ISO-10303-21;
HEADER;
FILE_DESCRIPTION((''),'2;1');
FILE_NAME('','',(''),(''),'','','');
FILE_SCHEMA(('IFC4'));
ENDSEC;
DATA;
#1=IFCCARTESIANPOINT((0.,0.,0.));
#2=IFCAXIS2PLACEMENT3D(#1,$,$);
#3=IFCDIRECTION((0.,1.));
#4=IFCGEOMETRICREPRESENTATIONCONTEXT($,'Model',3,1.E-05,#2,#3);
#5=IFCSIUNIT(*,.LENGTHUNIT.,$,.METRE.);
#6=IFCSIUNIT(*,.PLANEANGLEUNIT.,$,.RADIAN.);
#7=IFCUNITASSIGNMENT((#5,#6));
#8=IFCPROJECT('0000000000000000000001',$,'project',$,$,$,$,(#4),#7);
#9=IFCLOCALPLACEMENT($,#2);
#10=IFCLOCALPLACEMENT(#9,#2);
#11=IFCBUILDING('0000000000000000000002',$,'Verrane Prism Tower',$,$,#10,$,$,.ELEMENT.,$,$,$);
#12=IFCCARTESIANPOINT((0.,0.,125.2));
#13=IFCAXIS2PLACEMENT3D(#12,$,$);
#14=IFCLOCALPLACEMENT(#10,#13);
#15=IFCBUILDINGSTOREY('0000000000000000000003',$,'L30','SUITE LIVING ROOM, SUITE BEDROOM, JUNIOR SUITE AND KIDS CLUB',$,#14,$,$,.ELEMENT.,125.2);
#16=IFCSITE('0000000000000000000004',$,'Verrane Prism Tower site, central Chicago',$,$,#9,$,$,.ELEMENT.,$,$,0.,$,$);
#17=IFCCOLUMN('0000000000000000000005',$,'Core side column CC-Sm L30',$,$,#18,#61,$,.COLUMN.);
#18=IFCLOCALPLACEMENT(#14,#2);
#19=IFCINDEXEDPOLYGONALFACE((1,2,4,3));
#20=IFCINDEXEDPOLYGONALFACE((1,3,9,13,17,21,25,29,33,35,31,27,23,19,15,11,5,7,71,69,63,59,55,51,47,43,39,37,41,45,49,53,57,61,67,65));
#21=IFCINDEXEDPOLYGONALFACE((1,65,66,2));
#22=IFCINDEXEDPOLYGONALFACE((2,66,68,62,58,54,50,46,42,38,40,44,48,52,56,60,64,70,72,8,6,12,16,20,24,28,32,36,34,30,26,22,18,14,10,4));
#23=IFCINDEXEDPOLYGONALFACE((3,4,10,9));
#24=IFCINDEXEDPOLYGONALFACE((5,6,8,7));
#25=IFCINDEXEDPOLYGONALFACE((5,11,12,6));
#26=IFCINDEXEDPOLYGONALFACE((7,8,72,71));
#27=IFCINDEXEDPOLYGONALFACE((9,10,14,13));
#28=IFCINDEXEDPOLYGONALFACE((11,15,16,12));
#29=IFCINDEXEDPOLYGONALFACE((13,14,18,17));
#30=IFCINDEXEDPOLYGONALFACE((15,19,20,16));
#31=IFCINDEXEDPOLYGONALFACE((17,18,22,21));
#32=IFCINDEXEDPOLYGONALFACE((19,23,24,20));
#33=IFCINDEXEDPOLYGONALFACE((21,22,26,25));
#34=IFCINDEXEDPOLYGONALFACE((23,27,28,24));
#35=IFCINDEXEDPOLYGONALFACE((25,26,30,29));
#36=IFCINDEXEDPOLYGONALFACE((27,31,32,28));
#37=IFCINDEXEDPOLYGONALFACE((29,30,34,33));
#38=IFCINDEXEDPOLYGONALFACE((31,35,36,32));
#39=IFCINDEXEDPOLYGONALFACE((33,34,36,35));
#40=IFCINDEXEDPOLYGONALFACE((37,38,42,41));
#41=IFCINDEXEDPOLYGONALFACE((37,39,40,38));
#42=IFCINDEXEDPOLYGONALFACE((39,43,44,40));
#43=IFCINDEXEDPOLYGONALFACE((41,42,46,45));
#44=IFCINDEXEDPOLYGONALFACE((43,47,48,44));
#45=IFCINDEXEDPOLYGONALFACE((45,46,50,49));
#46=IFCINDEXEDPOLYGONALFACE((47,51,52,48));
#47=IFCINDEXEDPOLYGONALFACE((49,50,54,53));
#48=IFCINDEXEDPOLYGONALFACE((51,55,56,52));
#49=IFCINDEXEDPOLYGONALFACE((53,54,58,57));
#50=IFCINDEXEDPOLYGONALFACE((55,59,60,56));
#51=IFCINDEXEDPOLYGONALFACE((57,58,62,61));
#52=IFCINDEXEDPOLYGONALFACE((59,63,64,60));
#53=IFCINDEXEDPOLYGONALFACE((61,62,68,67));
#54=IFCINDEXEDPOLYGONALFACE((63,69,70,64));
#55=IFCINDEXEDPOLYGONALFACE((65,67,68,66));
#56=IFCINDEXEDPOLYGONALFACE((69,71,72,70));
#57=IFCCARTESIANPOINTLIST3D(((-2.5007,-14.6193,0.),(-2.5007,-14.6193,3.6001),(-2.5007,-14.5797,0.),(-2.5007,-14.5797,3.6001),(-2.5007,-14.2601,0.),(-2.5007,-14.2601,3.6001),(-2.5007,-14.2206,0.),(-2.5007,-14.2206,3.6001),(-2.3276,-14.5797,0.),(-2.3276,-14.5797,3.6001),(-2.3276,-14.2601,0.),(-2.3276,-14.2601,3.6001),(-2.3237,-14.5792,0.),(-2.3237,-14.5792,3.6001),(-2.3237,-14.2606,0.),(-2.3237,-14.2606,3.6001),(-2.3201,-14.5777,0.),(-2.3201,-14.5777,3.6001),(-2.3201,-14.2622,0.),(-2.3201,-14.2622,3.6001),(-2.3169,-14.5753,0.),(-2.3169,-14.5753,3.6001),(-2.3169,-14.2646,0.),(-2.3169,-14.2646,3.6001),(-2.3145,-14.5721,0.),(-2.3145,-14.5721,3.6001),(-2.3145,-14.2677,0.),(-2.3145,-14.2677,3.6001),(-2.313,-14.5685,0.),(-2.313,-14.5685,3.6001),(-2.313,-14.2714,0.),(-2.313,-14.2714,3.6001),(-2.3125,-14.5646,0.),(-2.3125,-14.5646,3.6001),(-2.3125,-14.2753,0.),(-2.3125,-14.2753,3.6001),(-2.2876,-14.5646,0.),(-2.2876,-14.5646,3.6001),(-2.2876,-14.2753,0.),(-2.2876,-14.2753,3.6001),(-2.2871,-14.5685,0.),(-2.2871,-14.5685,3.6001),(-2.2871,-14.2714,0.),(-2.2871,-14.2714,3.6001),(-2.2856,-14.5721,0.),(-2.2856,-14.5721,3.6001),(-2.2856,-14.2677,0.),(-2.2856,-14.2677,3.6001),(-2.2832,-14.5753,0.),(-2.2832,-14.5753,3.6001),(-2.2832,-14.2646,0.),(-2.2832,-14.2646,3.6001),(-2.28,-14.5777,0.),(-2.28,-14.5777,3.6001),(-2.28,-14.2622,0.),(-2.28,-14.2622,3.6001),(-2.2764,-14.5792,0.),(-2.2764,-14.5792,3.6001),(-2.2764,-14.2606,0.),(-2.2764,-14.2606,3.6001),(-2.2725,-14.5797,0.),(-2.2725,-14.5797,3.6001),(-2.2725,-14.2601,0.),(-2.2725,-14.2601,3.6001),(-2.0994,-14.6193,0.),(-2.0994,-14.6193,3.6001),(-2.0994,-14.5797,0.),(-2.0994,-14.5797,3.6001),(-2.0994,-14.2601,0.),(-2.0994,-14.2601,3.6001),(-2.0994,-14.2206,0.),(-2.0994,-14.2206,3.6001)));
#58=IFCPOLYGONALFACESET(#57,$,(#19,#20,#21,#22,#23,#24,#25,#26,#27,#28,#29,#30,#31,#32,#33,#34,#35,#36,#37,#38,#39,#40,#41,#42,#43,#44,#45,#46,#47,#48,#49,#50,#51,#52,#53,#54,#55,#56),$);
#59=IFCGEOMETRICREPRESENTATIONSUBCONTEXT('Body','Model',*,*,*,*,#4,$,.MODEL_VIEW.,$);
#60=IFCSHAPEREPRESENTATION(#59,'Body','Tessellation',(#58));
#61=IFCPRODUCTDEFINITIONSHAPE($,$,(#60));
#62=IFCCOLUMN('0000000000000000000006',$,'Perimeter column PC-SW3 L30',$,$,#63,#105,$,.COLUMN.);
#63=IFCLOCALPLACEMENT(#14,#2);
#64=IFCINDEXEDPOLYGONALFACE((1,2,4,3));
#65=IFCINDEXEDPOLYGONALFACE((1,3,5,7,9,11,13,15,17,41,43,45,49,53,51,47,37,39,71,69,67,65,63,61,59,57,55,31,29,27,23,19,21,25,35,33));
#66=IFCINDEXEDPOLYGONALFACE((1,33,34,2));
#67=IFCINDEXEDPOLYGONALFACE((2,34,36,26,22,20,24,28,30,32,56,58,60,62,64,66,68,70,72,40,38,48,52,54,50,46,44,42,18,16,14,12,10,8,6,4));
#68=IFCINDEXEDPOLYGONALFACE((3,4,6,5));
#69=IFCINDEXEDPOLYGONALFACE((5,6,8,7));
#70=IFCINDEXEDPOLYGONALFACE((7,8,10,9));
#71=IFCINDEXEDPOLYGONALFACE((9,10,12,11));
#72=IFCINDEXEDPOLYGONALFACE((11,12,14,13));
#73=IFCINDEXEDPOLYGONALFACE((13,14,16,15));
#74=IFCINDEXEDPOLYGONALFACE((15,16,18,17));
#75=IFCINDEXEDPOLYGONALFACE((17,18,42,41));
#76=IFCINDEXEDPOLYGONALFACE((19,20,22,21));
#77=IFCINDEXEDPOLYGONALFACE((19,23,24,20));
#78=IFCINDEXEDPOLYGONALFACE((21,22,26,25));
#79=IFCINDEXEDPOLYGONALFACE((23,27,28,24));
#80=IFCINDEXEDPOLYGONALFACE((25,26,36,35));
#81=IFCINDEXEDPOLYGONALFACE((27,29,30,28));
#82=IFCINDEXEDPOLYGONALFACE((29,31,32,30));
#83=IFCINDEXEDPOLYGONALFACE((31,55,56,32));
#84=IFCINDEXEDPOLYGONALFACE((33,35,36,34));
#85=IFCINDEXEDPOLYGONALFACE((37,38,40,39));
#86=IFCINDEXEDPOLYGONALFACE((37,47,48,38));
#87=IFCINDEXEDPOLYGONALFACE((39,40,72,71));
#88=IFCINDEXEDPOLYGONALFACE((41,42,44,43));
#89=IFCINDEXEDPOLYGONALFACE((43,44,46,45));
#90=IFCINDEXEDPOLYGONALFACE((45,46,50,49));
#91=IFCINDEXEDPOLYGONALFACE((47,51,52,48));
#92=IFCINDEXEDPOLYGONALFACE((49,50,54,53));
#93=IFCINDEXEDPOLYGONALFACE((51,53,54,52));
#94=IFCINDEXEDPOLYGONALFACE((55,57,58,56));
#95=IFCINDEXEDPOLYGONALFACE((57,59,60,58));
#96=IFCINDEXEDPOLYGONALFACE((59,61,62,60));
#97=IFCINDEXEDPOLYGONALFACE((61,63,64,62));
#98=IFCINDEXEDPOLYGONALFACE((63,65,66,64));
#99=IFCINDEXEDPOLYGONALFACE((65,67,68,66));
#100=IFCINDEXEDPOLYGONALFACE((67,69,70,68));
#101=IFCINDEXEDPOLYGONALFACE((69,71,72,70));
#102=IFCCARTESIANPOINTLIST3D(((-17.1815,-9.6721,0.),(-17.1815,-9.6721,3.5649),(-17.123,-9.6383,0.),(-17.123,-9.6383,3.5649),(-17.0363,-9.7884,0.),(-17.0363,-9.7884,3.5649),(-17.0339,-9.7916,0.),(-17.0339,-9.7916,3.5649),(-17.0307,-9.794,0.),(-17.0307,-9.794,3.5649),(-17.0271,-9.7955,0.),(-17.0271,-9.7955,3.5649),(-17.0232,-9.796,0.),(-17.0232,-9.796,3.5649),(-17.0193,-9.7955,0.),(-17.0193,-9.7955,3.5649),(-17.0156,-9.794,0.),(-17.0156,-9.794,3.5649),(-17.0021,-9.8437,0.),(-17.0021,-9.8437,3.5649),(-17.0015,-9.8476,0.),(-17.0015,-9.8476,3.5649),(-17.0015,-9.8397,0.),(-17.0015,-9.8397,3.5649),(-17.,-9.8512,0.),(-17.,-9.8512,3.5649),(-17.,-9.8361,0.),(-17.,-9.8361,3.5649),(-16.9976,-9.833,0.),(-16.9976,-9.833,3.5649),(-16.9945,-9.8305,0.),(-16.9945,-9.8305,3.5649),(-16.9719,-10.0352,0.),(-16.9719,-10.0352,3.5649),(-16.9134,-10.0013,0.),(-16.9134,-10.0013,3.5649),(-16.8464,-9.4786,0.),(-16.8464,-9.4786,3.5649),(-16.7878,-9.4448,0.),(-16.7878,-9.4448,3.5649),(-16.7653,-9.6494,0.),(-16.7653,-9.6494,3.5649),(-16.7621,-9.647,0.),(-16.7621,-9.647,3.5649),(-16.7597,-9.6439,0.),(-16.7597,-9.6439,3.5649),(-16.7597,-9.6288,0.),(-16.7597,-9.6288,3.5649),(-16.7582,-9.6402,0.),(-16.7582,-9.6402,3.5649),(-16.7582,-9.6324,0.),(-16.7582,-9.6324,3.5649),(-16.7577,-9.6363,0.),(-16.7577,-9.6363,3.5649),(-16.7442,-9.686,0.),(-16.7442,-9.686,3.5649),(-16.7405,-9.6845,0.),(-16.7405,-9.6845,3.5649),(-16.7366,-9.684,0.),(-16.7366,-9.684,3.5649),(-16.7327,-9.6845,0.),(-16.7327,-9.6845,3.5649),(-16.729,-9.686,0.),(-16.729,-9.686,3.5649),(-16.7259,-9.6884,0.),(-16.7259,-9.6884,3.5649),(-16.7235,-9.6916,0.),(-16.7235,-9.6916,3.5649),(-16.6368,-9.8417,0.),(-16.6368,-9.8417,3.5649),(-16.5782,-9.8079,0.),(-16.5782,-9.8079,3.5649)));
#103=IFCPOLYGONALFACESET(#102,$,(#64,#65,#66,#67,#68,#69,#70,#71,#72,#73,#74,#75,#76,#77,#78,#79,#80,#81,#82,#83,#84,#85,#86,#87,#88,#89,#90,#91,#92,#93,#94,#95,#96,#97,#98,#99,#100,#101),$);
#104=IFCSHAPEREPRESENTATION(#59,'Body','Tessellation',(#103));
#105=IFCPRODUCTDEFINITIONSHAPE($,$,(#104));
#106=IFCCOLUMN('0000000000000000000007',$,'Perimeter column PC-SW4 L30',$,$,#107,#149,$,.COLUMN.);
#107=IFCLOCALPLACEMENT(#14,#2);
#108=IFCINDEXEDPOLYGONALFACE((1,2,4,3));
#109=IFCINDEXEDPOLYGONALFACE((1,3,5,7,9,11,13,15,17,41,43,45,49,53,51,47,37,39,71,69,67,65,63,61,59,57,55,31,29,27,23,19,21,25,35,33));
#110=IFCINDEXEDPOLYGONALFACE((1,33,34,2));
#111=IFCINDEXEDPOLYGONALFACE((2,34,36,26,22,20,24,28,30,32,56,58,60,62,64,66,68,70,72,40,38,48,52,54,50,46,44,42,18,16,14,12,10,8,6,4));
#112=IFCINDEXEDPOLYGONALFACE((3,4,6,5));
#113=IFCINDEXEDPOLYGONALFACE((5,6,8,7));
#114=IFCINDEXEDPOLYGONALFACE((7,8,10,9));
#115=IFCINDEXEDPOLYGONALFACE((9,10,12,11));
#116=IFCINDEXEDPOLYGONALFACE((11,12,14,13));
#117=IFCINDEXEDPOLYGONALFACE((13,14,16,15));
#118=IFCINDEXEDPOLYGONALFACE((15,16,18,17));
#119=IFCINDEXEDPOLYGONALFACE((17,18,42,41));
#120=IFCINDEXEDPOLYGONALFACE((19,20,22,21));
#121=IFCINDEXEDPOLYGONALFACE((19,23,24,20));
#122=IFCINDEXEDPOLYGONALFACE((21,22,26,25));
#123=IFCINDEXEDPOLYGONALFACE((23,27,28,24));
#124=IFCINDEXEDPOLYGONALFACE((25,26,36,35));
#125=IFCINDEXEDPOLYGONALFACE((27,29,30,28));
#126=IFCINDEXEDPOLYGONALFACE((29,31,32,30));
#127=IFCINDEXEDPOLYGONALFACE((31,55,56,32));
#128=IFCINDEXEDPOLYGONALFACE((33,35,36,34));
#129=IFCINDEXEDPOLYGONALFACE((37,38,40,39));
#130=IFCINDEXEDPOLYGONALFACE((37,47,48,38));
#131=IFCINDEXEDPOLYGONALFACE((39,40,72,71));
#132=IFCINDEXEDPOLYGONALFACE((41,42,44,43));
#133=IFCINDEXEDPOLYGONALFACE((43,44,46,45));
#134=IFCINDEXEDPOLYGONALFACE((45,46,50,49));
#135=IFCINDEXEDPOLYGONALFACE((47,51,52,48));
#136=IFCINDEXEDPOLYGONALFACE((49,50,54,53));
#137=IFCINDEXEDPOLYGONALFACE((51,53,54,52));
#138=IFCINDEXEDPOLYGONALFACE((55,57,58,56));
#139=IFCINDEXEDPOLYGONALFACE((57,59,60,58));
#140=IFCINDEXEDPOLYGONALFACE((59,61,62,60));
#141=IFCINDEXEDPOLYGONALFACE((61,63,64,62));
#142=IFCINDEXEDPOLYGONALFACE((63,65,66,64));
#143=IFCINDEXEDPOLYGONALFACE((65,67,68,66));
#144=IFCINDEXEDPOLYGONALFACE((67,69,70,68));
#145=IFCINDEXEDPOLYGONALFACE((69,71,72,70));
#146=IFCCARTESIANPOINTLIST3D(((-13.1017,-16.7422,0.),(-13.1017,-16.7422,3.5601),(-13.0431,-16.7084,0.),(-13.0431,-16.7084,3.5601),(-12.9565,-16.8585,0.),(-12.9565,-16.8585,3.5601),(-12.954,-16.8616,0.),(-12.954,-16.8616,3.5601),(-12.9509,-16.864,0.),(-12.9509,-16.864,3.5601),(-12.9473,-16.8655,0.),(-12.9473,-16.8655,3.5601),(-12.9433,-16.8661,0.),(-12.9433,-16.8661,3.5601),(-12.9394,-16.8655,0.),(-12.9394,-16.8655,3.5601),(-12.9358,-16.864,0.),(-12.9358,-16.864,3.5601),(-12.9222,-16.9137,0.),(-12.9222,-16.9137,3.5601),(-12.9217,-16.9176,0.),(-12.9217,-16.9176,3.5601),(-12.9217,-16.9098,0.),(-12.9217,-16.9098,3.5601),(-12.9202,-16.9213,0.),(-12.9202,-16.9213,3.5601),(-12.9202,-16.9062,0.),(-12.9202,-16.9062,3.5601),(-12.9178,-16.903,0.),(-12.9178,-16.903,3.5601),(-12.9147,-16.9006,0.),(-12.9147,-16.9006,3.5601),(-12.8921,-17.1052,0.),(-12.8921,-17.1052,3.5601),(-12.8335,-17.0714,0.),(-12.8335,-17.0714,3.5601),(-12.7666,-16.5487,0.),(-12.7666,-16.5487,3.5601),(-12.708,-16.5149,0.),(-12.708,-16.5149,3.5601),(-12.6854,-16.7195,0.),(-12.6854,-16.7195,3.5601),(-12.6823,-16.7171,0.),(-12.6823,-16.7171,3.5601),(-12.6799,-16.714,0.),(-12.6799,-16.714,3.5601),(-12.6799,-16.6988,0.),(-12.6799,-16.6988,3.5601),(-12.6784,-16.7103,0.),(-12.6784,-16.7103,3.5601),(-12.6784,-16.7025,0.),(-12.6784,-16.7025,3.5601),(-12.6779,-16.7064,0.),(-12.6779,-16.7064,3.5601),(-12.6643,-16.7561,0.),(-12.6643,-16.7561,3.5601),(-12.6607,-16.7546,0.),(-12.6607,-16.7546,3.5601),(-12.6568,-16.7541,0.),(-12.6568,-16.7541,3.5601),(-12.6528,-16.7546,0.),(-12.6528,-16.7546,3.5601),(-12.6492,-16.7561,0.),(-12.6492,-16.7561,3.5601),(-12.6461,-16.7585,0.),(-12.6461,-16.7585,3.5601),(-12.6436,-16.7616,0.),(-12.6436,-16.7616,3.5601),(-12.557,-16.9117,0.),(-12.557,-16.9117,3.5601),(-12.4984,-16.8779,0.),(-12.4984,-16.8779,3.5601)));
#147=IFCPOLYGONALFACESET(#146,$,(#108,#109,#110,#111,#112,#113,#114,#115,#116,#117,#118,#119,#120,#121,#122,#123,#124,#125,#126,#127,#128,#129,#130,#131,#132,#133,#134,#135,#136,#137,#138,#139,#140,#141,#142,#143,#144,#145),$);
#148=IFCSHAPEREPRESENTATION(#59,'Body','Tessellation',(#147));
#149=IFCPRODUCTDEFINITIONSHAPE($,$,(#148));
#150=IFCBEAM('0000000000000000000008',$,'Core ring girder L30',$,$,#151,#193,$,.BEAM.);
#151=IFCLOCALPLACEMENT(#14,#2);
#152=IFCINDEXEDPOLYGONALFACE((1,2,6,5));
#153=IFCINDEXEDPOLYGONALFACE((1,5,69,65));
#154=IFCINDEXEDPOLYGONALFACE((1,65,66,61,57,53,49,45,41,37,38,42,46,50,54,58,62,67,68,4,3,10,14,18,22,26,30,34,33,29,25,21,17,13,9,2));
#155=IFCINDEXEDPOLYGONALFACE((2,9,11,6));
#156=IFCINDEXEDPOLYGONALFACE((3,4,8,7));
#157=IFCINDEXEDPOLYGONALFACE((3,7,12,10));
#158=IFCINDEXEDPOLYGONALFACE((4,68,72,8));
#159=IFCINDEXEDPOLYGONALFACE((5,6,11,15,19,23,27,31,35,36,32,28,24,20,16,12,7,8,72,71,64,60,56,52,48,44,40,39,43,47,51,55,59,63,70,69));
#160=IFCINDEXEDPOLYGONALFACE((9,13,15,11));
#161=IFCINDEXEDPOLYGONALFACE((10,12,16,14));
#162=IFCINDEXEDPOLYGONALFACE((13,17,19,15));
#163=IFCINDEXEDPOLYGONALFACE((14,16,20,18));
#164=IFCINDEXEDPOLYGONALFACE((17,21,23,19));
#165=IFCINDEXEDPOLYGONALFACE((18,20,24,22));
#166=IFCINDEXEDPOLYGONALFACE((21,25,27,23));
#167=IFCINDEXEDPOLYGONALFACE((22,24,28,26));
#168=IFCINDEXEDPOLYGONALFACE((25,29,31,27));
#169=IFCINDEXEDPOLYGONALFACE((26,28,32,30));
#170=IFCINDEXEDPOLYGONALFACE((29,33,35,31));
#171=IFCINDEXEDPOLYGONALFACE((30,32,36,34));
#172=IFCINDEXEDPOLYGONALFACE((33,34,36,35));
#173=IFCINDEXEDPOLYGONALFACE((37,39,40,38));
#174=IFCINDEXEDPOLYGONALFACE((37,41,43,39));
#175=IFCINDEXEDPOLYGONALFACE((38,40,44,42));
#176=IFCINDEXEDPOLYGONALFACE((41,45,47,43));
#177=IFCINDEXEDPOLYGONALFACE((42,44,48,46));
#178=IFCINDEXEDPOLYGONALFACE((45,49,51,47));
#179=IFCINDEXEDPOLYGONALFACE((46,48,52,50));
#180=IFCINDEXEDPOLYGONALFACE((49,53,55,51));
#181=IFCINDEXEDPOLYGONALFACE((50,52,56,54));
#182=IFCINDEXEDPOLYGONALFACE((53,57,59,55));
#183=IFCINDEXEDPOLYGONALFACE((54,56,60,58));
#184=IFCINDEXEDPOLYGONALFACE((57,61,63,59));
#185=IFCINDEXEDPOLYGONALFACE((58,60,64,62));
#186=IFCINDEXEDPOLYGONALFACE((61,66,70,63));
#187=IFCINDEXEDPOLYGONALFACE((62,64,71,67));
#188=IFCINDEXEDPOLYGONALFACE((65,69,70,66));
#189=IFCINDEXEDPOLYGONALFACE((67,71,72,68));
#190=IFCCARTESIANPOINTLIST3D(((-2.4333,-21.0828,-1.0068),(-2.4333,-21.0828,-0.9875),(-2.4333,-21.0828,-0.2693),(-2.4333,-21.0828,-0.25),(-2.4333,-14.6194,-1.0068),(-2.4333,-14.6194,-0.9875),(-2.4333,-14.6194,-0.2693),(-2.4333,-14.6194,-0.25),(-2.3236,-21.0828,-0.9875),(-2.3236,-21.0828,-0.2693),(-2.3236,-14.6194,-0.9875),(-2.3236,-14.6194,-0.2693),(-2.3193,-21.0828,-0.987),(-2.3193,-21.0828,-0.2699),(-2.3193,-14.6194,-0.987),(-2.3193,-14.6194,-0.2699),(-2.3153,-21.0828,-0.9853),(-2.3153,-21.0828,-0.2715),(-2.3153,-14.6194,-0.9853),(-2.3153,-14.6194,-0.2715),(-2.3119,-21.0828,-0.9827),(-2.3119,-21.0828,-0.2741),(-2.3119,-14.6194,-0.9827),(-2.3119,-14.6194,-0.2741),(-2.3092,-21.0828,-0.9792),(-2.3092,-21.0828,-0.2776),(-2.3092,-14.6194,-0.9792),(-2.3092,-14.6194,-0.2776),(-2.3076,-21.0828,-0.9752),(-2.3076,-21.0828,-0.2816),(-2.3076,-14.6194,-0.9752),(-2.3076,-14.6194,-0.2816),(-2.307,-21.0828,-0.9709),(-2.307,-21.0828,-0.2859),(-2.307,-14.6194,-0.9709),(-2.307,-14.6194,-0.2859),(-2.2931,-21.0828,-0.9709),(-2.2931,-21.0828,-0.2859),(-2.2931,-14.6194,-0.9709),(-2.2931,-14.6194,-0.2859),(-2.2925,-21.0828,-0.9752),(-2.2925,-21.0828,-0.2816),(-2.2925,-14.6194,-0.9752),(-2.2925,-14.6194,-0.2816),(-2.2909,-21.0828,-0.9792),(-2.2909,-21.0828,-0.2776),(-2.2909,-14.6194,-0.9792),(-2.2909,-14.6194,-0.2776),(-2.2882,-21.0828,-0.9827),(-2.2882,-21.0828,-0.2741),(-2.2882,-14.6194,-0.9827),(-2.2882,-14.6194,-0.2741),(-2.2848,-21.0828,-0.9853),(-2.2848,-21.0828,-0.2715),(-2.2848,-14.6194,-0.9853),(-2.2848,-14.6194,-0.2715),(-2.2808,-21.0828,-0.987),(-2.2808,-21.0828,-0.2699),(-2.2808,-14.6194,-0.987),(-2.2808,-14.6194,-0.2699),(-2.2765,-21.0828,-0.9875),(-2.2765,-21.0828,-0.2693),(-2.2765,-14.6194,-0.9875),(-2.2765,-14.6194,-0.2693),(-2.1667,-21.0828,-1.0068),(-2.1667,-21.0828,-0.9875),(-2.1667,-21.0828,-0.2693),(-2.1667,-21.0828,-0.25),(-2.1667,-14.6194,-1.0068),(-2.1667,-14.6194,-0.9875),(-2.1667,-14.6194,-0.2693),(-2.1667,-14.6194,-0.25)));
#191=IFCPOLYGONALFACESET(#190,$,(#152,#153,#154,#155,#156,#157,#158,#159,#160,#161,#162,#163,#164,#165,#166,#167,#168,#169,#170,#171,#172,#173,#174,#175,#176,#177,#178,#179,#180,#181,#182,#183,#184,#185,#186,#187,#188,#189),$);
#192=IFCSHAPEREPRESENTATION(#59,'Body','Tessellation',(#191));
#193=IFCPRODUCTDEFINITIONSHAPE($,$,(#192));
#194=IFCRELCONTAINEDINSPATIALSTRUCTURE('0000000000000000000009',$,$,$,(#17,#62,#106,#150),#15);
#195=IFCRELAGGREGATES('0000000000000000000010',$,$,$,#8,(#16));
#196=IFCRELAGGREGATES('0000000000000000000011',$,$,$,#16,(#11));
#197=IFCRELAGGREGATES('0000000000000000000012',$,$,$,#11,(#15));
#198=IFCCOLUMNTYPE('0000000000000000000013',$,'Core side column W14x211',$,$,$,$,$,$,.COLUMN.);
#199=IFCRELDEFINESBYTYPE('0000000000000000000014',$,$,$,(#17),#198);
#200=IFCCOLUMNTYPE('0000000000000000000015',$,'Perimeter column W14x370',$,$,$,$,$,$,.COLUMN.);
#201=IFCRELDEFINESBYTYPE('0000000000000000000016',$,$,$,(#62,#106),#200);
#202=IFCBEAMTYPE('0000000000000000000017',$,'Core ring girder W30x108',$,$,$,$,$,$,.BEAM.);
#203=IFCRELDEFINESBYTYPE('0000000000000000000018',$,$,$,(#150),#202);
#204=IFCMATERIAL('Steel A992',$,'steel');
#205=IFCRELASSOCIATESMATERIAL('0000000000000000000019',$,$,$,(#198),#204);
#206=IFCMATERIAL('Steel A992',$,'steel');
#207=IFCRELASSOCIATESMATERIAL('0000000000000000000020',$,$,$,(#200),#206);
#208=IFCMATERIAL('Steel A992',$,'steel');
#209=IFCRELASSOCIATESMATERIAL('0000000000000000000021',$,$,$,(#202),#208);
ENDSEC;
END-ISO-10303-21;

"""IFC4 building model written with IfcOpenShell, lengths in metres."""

from ifc_helpers import new_model, si_unit, direction, frame, origin, origin_2d, place, context, subcontext, project, spatial, i_section, extrude, material, material_profile, profile_set, type_object, element, save


model = new_model("IFC4")

# Units and contexts
model_context = context("Model", 3, precision=1e-05, world=origin(), true_north=direction((0.0, 1.0)))
body_context = subcontext(model_context, "Body", "Model", "MODEL_VIEW")
ifc_project = project(units=[si_unit("LENGTHUNIT", "METRE"), si_unit("PLANEANGLEUNIT", "RADIAN")], contexts=[model_context])

# Site, building, storey
site_placement = place(None, origin())
site = spatial("IfcSite", under=ifc_project, at=site_placement, Name="Verrane Prism Tower site, central Chicago", CompositionType="ELEMENT", RefElevation=0.0)
building_placement = place(site_placement, origin())
building = spatial("IfcBuilding", under=site, at=building_placement, Name="Verrane Prism Tower", CompositionType="ELEMENT")
storey_placement = place(building_placement, frame((0.0, 0.0, 125.2)))
storey = spatial("IfcBuildingStorey", under=building, at=storey_placement, Name="L30", Description="SUITE LIVING ROOM, SUITE BEDROOM, JUNIOR SUITE AND KIDS CLUB", CompositionType="ELEMENT", Elevation=125.2)

# Columns
ifc_material_1 = material(Name="Steel A992", Category="steel")
ifc_material_profile_1 = material_profile(ifc_material_1, i_section(OverallWidth=0.4014, OverallDepth=0.3987, WebThickness=0.0249, FlangeThickness=0.0396, FilletRadius=0.0151, at=origin_2d()), Name="W14x211")
ifc_profile_set_1 = profile_set([ifc_material_profile_1], Name="Steel A992")
column_type_1 = type_object("IfcColumnType", Name="Core side column W14x211", PredefinedType="COLUMN", material=ifc_profile_set_1)
column_1_placement = place(storey_placement, frame((-2.3, -14.4199, 0.0), z_axis=(0.0, 0.0, 1.0), x_axis=(1.0, 0.0, 0.0)))
element("IfcColumn", 1, at=column_1_placement, inside=storey, type_object=column_type_1, Name="Core side column CC-Sm L30", PredefinedType="COLUMN", context=body_context, shape_type="SweptSolid", body=[
    extrude(i_section(OverallWidth=0.4014, OverallDepth=0.3987, WebThickness=0.0249, FlangeThickness=0.0396, FilletRadius=0.0151, at=origin_2d()), origin(), (0.0, 0.0, 1.0), 3.6001),
])
ifc_material_2 = material(Name="Steel A992", Category="steel")
ifc_material_profile_2 = material_profile(ifc_material_2, i_section(OverallWidth=0.4192, OverallDepth=0.4546, WebThickness=0.0422, FlangeThickness=0.0676, FilletRadius=0.0151, at=origin_2d()), Name="W14x370")
ifc_profile_set_2 = profile_set([ifc_material_profile_2], Name="Steel A992")
column_type_2 = type_object("IfcColumnType", Name="Perimeter column W14x370", PredefinedType="COLUMN", material=ifc_profile_set_2)
column_2_placement = place(storey_placement, frame((-16.8799, -9.74, 0.0), z_axis=(0.0, 0.0, 1.0), x_axis=(-0.5, 0.866025, 0.0)))
element("IfcColumn", 2, at=column_2_placement, inside=storey, type_object=column_type_2, Name="Perimeter column PC-SW3 L30", PredefinedType="COLUMN", context=body_context, shape_type="SweptSolid", body=[
    extrude(i_section(OverallWidth=0.4192, OverallDepth=0.4546, WebThickness=0.0422, FlangeThickness=0.0676, FilletRadius=0.0151, at=origin_2d()), origin(), (0.0, 0.0, 1.0), 3.5649),
])
column_3_placement = place(storey_placement, frame((-12.8, -16.8101, 0.0), z_axis=(0.0, 0.0, 1.0), x_axis=(-0.5, 0.866025, 0.0)))
element("IfcColumn", 3, at=column_3_placement, inside=storey, type_object=column_type_2, Name="Perimeter column PC-SW4 L30", PredefinedType="COLUMN", context=body_context, shape_type="SweptSolid", body=[
    extrude(i_section(OverallWidth=0.4192, OverallDepth=0.4546, WebThickness=0.0422, FlangeThickness=0.0676, FilletRadius=0.0151, at=origin_2d()), origin(), (0.0, 0.0, 1.0), 3.5601),
])

# Beam
ifc_material_3 = material(Name="Steel A992", Category="steel")
ifc_material_profile_3 = material_profile(ifc_material_3, i_section(OverallWidth=0.2666, OverallDepth=0.7568, WebThickness=0.0139, FlangeThickness=0.0193, FilletRadius=0.0166, at=origin_2d()), Name="W30x108")
ifc_profile_set_3 = profile_set([ifc_material_profile_3], Name="Steel A992")
beam_type_1 = type_object("IfcBeamType", Name="Core ring girder W30x108", PredefinedType="BEAM", material=ifc_profile_set_3)
beam_1_placement = place(storey_placement, frame((-2.3, -14.6194, -0.6284), z_axis=(0.0, -1.0, 0.0), x_axis=(1.0, 0.0, 0.0)))
element("IfcBeam", 4, at=beam_1_placement, inside=storey, type_object=beam_type_1, Name="Core ring girder L30", PredefinedType="BEAM", context=body_context, shape_type="SweptSolid", body=[
    extrude(i_section(OverallWidth=0.2666, OverallDepth=0.7568, WebThickness=0.0139, FlangeThickness=0.0193, FilletRadius=0.0166, at=origin_2d()), origin(), (0.0, 0.0, 1.0), 6.4634),
])

save(model, "model.ifc")
